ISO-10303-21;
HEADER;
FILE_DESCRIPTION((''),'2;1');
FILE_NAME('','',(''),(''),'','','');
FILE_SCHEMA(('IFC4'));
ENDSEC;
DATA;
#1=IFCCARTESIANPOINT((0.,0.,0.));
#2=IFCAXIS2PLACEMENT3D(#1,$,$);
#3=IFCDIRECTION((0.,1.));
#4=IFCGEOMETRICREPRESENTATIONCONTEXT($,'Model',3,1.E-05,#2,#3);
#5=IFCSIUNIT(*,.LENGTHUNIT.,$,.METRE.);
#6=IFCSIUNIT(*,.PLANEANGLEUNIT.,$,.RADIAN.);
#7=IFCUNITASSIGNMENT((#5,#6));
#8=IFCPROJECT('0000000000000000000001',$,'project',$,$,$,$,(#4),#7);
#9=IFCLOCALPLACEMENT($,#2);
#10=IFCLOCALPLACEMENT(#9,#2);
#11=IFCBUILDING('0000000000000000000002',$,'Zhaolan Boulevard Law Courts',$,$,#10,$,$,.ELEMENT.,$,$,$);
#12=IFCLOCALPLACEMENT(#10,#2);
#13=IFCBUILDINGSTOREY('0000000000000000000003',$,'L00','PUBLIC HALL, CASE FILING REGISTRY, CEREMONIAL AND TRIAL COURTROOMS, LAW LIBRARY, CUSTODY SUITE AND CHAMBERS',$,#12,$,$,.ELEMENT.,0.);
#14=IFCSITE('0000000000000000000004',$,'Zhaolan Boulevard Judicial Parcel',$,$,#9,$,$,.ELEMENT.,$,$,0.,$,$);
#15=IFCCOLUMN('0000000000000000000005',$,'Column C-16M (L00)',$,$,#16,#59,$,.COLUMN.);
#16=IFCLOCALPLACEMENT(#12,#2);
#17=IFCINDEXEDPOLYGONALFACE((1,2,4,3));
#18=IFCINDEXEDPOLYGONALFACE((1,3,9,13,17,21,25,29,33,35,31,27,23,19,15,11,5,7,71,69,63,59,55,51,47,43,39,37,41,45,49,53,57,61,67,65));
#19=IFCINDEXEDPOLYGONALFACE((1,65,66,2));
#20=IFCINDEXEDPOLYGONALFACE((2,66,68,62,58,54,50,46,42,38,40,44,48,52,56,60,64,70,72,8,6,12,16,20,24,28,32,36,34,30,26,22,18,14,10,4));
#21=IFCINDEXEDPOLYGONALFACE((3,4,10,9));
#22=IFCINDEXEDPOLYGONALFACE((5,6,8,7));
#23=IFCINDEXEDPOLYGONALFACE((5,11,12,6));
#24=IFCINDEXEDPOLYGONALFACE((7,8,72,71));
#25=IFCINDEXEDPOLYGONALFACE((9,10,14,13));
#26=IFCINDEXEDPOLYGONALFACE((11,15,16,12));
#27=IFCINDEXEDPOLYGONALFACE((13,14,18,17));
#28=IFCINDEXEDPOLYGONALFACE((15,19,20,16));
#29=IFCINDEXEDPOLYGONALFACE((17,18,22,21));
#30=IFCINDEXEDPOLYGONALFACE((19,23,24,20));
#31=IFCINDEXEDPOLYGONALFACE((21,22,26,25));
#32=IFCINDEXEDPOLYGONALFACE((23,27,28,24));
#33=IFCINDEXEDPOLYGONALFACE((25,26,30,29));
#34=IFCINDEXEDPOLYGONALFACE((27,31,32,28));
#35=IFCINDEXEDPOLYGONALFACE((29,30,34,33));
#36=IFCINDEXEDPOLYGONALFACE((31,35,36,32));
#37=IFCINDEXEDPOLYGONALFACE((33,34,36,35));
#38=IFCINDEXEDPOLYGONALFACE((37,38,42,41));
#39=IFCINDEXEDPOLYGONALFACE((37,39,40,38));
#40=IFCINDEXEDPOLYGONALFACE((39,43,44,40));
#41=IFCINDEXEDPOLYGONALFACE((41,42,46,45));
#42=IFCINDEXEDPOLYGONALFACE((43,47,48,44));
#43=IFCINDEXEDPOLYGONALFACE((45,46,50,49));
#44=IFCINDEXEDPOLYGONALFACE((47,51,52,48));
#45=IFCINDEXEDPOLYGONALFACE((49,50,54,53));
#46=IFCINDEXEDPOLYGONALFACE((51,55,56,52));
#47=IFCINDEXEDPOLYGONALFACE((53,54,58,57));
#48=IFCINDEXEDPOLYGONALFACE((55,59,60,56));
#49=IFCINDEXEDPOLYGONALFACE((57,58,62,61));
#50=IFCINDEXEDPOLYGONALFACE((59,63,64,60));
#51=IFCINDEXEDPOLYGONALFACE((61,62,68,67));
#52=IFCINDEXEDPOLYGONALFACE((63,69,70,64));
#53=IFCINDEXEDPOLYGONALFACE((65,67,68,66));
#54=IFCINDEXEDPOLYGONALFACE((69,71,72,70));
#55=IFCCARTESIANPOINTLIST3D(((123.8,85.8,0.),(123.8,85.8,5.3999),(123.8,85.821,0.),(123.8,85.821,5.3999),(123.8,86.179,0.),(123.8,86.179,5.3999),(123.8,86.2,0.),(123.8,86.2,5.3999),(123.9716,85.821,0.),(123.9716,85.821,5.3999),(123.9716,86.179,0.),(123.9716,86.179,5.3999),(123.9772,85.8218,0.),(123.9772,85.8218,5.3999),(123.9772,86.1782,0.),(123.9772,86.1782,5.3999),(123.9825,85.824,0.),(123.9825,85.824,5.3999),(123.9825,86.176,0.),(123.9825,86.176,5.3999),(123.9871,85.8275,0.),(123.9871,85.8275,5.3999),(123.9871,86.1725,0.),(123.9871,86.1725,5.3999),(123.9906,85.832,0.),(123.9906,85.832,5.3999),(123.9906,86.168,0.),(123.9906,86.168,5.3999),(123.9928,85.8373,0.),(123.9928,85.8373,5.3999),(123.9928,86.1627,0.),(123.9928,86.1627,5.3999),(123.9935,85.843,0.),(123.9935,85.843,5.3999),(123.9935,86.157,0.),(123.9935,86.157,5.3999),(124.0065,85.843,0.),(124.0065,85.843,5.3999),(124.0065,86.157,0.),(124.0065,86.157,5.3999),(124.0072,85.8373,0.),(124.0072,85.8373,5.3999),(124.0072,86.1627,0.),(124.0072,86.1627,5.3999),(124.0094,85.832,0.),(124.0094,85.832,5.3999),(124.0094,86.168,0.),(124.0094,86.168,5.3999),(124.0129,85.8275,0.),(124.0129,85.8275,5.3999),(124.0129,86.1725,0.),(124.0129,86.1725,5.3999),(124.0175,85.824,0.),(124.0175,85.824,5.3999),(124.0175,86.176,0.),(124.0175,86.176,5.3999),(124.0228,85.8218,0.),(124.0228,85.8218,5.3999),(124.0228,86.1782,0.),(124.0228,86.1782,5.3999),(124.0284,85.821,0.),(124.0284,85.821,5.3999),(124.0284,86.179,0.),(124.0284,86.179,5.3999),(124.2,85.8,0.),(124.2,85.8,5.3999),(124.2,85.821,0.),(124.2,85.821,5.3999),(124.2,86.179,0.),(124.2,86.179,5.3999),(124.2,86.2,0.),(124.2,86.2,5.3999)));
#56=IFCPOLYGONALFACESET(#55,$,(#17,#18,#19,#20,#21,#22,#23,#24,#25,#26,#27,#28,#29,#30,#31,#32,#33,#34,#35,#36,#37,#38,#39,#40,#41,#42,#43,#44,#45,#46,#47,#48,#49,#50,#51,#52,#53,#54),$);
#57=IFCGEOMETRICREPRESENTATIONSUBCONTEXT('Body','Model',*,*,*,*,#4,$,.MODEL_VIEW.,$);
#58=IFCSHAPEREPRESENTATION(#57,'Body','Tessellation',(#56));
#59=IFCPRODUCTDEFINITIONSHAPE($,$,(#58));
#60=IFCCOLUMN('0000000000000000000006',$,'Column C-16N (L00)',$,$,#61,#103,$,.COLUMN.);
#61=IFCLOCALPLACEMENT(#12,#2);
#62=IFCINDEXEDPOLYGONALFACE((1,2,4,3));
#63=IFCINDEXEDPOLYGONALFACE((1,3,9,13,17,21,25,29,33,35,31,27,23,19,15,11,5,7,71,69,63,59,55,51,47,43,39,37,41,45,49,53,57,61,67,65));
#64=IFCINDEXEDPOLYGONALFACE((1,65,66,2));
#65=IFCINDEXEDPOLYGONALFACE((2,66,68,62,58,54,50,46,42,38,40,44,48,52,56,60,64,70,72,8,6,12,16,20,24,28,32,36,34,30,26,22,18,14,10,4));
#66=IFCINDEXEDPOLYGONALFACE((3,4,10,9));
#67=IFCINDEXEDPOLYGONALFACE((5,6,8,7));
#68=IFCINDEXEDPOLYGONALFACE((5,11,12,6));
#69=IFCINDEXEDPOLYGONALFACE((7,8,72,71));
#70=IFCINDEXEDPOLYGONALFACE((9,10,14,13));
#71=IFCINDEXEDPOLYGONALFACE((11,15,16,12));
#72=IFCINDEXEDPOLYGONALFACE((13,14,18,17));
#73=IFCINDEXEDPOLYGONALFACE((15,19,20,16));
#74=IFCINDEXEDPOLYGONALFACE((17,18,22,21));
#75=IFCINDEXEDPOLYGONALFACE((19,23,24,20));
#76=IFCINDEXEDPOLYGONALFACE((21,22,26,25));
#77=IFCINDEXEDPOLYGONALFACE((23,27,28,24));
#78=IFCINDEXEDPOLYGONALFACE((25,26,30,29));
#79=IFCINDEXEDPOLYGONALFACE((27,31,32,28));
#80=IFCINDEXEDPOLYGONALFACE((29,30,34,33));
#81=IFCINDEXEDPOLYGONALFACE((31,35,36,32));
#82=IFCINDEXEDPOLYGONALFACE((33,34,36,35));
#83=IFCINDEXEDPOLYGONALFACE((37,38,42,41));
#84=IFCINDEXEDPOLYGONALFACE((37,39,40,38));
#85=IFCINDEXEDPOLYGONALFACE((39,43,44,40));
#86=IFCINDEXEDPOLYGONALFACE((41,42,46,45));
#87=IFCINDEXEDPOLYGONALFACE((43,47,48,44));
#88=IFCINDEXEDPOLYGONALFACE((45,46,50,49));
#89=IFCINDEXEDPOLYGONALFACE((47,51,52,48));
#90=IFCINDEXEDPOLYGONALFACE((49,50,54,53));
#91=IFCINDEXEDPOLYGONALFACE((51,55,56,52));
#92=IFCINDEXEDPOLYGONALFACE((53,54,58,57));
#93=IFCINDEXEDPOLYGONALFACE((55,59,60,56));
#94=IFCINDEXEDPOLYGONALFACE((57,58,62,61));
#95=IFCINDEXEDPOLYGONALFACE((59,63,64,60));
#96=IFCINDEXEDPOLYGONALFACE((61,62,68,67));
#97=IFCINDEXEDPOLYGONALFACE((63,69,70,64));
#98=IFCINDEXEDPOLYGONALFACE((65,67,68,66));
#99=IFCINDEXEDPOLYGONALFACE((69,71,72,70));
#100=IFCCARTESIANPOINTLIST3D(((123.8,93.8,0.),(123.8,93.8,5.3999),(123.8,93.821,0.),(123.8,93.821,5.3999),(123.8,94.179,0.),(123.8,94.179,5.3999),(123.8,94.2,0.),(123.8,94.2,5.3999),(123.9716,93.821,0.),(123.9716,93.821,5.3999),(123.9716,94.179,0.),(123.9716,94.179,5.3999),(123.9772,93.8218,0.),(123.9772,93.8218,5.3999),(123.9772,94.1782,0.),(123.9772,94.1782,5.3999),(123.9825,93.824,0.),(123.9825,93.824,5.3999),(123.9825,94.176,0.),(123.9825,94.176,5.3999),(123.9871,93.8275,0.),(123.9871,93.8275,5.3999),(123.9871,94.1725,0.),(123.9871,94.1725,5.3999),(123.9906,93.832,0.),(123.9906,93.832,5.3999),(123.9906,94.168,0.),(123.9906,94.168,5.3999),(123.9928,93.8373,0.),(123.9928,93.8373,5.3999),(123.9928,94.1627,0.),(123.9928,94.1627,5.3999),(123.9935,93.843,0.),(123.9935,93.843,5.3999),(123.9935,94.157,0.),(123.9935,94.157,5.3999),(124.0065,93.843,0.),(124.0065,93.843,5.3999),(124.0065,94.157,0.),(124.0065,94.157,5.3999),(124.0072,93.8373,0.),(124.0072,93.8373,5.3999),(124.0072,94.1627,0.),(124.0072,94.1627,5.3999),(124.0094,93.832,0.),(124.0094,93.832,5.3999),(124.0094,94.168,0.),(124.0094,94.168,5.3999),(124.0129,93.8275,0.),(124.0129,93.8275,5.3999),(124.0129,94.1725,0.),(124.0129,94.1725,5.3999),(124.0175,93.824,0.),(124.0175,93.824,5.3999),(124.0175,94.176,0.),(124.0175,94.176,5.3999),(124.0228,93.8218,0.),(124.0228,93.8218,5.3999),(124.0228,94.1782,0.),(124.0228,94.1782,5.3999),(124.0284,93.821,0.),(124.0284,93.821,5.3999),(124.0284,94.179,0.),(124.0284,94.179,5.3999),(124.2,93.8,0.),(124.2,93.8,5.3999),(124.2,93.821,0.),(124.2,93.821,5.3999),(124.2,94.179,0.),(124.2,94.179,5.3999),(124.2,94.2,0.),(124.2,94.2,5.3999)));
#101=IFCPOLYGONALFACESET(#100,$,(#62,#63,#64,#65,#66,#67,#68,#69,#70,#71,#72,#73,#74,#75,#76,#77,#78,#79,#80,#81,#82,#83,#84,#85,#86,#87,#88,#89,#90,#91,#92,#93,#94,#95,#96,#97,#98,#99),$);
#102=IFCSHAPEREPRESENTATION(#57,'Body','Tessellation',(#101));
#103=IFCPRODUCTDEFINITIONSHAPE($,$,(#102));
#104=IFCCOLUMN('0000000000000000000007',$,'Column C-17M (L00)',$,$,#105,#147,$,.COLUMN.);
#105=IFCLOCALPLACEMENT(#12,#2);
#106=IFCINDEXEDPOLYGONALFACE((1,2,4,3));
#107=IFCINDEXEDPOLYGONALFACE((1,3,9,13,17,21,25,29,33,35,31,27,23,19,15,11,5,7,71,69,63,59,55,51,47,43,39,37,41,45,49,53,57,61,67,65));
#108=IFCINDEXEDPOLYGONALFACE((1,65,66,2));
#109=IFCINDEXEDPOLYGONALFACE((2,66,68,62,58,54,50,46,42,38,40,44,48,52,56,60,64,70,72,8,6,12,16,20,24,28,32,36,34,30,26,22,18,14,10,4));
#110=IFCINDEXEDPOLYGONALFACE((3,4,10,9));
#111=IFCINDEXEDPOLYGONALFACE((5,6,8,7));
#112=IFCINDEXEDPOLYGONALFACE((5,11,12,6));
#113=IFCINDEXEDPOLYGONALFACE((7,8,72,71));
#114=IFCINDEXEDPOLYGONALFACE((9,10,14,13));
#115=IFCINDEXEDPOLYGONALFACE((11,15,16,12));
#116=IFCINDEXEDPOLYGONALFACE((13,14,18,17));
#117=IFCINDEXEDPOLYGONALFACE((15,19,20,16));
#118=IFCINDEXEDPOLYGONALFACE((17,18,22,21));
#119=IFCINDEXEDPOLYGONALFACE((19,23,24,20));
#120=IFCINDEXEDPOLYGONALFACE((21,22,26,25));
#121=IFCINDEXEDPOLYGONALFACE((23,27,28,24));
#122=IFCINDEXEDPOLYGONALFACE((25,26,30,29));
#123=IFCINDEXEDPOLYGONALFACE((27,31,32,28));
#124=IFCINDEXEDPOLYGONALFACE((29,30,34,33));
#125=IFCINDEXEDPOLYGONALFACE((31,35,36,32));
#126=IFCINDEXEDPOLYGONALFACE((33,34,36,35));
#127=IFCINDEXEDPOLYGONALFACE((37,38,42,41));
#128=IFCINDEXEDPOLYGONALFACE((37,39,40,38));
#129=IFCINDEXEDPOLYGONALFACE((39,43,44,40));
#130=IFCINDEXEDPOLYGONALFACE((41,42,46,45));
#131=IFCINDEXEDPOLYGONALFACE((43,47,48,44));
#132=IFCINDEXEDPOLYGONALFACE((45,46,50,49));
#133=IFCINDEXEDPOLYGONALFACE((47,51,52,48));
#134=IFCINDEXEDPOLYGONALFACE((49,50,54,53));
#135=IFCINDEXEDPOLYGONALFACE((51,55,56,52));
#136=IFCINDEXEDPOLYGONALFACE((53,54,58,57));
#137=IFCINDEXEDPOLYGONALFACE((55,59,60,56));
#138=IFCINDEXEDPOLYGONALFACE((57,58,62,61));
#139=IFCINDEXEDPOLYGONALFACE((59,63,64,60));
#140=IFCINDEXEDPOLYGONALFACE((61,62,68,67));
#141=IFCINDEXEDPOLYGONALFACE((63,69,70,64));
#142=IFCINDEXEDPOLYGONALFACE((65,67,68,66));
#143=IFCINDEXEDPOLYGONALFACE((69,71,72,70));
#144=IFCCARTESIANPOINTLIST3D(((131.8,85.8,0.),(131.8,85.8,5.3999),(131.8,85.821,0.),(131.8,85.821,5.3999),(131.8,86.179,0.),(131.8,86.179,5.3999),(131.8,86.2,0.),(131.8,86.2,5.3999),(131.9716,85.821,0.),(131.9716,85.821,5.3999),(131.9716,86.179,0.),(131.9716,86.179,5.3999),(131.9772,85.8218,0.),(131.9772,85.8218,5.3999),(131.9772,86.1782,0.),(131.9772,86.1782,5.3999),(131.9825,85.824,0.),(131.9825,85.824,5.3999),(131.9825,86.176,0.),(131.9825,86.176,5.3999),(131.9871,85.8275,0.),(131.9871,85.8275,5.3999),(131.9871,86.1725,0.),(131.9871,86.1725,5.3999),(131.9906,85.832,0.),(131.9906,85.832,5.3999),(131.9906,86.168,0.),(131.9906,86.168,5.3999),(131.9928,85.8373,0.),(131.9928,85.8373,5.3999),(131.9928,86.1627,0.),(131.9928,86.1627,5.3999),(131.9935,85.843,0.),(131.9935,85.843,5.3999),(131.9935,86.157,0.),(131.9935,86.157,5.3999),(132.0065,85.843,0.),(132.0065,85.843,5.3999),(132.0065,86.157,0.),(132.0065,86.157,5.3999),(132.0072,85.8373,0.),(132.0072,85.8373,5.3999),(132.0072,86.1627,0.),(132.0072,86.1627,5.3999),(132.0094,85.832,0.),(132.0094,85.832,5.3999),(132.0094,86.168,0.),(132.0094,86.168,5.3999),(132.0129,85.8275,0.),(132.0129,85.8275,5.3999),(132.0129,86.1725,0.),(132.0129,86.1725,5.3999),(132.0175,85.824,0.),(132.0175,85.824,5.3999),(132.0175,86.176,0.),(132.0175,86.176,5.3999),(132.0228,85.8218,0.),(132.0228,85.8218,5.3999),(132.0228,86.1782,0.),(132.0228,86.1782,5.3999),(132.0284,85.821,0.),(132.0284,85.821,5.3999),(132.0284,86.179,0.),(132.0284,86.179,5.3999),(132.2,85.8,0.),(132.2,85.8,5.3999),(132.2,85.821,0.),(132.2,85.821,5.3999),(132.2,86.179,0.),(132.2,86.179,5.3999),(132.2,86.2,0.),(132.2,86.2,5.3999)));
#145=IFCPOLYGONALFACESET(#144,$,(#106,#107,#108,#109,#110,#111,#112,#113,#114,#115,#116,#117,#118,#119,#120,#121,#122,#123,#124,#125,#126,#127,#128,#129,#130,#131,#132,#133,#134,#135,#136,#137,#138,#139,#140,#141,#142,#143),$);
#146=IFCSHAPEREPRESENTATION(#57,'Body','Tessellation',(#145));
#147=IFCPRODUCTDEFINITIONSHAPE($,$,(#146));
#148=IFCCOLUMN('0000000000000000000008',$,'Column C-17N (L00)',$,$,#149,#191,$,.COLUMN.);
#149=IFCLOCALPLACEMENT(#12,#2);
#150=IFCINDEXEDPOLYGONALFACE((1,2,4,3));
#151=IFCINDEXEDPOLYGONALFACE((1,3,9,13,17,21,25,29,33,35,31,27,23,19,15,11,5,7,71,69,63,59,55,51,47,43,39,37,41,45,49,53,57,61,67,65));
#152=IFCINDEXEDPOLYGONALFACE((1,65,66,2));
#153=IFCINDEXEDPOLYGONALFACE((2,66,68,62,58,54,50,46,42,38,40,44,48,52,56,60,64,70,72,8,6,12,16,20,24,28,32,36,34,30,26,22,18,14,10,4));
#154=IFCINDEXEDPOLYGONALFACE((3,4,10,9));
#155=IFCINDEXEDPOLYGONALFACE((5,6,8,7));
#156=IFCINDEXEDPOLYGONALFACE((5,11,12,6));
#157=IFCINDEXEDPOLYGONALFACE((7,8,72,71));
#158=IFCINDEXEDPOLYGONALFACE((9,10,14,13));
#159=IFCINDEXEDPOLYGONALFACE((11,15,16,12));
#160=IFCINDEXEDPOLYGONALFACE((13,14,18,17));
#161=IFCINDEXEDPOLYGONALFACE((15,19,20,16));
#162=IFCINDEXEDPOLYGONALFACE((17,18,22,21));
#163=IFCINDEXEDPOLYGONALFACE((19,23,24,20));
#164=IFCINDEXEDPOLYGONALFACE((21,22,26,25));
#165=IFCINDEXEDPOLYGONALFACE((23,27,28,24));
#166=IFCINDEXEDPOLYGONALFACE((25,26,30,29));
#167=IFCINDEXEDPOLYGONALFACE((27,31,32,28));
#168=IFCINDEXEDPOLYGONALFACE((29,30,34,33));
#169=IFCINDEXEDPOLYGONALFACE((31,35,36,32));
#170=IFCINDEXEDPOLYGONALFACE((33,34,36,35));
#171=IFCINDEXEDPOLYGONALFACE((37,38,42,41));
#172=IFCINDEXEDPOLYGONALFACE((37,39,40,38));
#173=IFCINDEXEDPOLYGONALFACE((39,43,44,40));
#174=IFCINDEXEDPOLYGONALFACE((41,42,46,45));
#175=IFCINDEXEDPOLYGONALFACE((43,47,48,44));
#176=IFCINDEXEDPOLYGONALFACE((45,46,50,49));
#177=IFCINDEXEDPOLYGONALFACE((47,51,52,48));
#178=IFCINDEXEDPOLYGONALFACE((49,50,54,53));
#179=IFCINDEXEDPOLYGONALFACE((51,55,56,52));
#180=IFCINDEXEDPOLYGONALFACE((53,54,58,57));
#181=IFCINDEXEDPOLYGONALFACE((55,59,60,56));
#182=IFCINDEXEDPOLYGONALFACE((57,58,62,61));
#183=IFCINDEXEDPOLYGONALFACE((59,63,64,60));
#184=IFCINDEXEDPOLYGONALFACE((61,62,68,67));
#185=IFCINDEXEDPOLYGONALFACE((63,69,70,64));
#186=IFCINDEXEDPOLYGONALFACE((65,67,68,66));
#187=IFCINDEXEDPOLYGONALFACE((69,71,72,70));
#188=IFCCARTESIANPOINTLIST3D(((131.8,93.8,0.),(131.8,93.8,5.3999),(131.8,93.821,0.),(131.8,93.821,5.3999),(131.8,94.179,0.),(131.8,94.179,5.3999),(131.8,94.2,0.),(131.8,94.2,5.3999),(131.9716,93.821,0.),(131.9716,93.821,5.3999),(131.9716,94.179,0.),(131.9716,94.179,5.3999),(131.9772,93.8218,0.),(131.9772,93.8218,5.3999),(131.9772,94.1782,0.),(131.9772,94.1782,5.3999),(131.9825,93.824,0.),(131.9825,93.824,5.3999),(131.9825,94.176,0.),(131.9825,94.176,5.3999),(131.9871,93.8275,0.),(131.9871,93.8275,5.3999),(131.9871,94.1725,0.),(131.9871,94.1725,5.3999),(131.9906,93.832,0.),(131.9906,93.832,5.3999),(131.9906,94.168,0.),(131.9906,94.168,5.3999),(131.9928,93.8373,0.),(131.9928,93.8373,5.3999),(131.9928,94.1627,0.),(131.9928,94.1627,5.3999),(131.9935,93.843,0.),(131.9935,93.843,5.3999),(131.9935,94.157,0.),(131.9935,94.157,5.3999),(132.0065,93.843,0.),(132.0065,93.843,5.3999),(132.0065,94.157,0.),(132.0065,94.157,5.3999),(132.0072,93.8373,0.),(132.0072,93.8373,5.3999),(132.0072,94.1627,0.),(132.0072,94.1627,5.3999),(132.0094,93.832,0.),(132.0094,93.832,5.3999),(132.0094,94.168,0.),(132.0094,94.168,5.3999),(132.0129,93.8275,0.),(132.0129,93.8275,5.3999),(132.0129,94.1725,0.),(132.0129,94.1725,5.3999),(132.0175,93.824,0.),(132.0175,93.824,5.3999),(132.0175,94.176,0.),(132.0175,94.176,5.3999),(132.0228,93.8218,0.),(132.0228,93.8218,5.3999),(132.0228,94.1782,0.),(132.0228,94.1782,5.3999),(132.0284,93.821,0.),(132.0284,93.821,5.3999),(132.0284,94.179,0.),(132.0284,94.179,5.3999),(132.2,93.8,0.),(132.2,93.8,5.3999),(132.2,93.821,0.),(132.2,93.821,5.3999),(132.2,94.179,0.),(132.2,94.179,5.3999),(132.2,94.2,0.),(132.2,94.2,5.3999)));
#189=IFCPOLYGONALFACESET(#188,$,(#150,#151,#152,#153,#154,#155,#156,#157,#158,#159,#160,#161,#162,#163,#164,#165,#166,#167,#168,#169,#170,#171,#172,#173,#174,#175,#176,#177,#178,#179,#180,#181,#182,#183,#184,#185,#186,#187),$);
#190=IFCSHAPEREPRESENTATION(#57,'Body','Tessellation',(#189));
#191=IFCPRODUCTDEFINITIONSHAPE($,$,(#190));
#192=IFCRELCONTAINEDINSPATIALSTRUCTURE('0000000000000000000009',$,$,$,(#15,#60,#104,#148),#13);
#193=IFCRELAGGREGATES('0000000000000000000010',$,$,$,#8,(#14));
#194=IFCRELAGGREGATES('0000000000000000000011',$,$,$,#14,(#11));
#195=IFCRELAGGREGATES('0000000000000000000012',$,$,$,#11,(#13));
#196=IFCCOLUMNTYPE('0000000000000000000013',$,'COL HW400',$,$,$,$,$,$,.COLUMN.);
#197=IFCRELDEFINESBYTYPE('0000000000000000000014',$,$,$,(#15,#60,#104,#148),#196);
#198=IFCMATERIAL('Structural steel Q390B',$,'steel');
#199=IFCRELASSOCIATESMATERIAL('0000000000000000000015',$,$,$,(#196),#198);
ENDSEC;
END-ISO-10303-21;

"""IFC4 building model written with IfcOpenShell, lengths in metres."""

from ifc_helpers import new_model, si_unit, direction, frame, origin, origin_2d, place, context, subcontext, project, spatial, i_section, extrude, material, material_profile, profile_set, type_object, element, save


model = new_model("IFC4")

# Units and contexts
model_context = context("Model", 3, precision=1e-05, world=origin(), true_north=direction((0.0, 1.0)))
body_context = subcontext(model_context, "Body", "Model", "MODEL_VIEW")
ifc_project = project(units=[si_unit("LENGTHUNIT", "METRE"), si_unit("PLANEANGLEUNIT", "RADIAN")], contexts=[model_context])

# Site, building, storey
site_placement = place(None, origin())
site = spatial("IfcSite", under=ifc_project, at=site_placement, Name="Zhaolan Boulevard Judicial Parcel", CompositionType="ELEMENT", RefElevation=0.0)
building_placement = place(site_placement, origin())
building = spatial("IfcBuilding", under=site, at=building_placement, Name="Zhaolan Boulevard Law Courts", CompositionType="ELEMENT")
storey_placement = place(building_placement, origin())
storey = spatial("IfcBuildingStorey", under=building, at=storey_placement, Name="L00", Description="PUBLIC HALL, CASE FILING REGISTRY, CEREMONIAL AND TRIAL COURTROOMS, LAW LIBRARY, CUSTODY SUITE AND CHAMBERS", CompositionType="ELEMENT", Elevation=0.0)

# Columns
ifc_material_1 = material(Name="Structural steel Q390B", Category="steel")
ifc_material_profile_1 = material_profile(ifc_material_1, i_section(OverallWidth=0.3999, OverallDepth=0.3999, WebThickness=0.0129, FlangeThickness=0.021, FilletRadius=0.022, at=origin_2d()), Name="HW400x400")
ifc_profile_set_1 = profile_set([ifc_material_profile_1], Name="Structural steel Q390B")
column_type = type_object("IfcColumnType", Name="COL HW400", PredefinedType="COLUMN", material=ifc_profile_set_1)
for number, where, z_axis, x_axis, name in (
    (1, (124.0, 86.0, 0.0), (0.0, 0.0, 1.0), (1.0, 0.0, 0.0), "Column C-16M (L00)"),
    (2, (124.0, 94.0, 0.0), (0.0, 0.0, 1.0), (1.0, 0.0, 0.0), "Column C-16N (L00)"),
    (3, (132.0, 86.0, 0.0), (0.0, 0.0, 1.0), (1.0, 0.0, 0.0), "Column C-17M (L00)"),
    (4, (132.0, 94.0, 0.0), (0.0, 0.0, 1.0), (1.0, 0.0, 0.0), "Column C-17N (L00)"),
):
    element("IfcColumn", number, at=place(storey_placement, frame(where, z_axis=z_axis, x_axis=x_axis)), inside=storey, type_object=column_type, Name=name, PredefinedType="COLUMN", context=body_context, shape_type="SweptSolid", body=[
        extrude(i_section(OverallWidth=0.3999, OverallDepth=0.3999, WebThickness=0.0129, FlangeThickness=0.021, FilletRadius=0.022, at=origin_2d()), origin(), (0.0, 0.0, 1.0), 5.3999),
    ])

save(model, "model.ifc")
